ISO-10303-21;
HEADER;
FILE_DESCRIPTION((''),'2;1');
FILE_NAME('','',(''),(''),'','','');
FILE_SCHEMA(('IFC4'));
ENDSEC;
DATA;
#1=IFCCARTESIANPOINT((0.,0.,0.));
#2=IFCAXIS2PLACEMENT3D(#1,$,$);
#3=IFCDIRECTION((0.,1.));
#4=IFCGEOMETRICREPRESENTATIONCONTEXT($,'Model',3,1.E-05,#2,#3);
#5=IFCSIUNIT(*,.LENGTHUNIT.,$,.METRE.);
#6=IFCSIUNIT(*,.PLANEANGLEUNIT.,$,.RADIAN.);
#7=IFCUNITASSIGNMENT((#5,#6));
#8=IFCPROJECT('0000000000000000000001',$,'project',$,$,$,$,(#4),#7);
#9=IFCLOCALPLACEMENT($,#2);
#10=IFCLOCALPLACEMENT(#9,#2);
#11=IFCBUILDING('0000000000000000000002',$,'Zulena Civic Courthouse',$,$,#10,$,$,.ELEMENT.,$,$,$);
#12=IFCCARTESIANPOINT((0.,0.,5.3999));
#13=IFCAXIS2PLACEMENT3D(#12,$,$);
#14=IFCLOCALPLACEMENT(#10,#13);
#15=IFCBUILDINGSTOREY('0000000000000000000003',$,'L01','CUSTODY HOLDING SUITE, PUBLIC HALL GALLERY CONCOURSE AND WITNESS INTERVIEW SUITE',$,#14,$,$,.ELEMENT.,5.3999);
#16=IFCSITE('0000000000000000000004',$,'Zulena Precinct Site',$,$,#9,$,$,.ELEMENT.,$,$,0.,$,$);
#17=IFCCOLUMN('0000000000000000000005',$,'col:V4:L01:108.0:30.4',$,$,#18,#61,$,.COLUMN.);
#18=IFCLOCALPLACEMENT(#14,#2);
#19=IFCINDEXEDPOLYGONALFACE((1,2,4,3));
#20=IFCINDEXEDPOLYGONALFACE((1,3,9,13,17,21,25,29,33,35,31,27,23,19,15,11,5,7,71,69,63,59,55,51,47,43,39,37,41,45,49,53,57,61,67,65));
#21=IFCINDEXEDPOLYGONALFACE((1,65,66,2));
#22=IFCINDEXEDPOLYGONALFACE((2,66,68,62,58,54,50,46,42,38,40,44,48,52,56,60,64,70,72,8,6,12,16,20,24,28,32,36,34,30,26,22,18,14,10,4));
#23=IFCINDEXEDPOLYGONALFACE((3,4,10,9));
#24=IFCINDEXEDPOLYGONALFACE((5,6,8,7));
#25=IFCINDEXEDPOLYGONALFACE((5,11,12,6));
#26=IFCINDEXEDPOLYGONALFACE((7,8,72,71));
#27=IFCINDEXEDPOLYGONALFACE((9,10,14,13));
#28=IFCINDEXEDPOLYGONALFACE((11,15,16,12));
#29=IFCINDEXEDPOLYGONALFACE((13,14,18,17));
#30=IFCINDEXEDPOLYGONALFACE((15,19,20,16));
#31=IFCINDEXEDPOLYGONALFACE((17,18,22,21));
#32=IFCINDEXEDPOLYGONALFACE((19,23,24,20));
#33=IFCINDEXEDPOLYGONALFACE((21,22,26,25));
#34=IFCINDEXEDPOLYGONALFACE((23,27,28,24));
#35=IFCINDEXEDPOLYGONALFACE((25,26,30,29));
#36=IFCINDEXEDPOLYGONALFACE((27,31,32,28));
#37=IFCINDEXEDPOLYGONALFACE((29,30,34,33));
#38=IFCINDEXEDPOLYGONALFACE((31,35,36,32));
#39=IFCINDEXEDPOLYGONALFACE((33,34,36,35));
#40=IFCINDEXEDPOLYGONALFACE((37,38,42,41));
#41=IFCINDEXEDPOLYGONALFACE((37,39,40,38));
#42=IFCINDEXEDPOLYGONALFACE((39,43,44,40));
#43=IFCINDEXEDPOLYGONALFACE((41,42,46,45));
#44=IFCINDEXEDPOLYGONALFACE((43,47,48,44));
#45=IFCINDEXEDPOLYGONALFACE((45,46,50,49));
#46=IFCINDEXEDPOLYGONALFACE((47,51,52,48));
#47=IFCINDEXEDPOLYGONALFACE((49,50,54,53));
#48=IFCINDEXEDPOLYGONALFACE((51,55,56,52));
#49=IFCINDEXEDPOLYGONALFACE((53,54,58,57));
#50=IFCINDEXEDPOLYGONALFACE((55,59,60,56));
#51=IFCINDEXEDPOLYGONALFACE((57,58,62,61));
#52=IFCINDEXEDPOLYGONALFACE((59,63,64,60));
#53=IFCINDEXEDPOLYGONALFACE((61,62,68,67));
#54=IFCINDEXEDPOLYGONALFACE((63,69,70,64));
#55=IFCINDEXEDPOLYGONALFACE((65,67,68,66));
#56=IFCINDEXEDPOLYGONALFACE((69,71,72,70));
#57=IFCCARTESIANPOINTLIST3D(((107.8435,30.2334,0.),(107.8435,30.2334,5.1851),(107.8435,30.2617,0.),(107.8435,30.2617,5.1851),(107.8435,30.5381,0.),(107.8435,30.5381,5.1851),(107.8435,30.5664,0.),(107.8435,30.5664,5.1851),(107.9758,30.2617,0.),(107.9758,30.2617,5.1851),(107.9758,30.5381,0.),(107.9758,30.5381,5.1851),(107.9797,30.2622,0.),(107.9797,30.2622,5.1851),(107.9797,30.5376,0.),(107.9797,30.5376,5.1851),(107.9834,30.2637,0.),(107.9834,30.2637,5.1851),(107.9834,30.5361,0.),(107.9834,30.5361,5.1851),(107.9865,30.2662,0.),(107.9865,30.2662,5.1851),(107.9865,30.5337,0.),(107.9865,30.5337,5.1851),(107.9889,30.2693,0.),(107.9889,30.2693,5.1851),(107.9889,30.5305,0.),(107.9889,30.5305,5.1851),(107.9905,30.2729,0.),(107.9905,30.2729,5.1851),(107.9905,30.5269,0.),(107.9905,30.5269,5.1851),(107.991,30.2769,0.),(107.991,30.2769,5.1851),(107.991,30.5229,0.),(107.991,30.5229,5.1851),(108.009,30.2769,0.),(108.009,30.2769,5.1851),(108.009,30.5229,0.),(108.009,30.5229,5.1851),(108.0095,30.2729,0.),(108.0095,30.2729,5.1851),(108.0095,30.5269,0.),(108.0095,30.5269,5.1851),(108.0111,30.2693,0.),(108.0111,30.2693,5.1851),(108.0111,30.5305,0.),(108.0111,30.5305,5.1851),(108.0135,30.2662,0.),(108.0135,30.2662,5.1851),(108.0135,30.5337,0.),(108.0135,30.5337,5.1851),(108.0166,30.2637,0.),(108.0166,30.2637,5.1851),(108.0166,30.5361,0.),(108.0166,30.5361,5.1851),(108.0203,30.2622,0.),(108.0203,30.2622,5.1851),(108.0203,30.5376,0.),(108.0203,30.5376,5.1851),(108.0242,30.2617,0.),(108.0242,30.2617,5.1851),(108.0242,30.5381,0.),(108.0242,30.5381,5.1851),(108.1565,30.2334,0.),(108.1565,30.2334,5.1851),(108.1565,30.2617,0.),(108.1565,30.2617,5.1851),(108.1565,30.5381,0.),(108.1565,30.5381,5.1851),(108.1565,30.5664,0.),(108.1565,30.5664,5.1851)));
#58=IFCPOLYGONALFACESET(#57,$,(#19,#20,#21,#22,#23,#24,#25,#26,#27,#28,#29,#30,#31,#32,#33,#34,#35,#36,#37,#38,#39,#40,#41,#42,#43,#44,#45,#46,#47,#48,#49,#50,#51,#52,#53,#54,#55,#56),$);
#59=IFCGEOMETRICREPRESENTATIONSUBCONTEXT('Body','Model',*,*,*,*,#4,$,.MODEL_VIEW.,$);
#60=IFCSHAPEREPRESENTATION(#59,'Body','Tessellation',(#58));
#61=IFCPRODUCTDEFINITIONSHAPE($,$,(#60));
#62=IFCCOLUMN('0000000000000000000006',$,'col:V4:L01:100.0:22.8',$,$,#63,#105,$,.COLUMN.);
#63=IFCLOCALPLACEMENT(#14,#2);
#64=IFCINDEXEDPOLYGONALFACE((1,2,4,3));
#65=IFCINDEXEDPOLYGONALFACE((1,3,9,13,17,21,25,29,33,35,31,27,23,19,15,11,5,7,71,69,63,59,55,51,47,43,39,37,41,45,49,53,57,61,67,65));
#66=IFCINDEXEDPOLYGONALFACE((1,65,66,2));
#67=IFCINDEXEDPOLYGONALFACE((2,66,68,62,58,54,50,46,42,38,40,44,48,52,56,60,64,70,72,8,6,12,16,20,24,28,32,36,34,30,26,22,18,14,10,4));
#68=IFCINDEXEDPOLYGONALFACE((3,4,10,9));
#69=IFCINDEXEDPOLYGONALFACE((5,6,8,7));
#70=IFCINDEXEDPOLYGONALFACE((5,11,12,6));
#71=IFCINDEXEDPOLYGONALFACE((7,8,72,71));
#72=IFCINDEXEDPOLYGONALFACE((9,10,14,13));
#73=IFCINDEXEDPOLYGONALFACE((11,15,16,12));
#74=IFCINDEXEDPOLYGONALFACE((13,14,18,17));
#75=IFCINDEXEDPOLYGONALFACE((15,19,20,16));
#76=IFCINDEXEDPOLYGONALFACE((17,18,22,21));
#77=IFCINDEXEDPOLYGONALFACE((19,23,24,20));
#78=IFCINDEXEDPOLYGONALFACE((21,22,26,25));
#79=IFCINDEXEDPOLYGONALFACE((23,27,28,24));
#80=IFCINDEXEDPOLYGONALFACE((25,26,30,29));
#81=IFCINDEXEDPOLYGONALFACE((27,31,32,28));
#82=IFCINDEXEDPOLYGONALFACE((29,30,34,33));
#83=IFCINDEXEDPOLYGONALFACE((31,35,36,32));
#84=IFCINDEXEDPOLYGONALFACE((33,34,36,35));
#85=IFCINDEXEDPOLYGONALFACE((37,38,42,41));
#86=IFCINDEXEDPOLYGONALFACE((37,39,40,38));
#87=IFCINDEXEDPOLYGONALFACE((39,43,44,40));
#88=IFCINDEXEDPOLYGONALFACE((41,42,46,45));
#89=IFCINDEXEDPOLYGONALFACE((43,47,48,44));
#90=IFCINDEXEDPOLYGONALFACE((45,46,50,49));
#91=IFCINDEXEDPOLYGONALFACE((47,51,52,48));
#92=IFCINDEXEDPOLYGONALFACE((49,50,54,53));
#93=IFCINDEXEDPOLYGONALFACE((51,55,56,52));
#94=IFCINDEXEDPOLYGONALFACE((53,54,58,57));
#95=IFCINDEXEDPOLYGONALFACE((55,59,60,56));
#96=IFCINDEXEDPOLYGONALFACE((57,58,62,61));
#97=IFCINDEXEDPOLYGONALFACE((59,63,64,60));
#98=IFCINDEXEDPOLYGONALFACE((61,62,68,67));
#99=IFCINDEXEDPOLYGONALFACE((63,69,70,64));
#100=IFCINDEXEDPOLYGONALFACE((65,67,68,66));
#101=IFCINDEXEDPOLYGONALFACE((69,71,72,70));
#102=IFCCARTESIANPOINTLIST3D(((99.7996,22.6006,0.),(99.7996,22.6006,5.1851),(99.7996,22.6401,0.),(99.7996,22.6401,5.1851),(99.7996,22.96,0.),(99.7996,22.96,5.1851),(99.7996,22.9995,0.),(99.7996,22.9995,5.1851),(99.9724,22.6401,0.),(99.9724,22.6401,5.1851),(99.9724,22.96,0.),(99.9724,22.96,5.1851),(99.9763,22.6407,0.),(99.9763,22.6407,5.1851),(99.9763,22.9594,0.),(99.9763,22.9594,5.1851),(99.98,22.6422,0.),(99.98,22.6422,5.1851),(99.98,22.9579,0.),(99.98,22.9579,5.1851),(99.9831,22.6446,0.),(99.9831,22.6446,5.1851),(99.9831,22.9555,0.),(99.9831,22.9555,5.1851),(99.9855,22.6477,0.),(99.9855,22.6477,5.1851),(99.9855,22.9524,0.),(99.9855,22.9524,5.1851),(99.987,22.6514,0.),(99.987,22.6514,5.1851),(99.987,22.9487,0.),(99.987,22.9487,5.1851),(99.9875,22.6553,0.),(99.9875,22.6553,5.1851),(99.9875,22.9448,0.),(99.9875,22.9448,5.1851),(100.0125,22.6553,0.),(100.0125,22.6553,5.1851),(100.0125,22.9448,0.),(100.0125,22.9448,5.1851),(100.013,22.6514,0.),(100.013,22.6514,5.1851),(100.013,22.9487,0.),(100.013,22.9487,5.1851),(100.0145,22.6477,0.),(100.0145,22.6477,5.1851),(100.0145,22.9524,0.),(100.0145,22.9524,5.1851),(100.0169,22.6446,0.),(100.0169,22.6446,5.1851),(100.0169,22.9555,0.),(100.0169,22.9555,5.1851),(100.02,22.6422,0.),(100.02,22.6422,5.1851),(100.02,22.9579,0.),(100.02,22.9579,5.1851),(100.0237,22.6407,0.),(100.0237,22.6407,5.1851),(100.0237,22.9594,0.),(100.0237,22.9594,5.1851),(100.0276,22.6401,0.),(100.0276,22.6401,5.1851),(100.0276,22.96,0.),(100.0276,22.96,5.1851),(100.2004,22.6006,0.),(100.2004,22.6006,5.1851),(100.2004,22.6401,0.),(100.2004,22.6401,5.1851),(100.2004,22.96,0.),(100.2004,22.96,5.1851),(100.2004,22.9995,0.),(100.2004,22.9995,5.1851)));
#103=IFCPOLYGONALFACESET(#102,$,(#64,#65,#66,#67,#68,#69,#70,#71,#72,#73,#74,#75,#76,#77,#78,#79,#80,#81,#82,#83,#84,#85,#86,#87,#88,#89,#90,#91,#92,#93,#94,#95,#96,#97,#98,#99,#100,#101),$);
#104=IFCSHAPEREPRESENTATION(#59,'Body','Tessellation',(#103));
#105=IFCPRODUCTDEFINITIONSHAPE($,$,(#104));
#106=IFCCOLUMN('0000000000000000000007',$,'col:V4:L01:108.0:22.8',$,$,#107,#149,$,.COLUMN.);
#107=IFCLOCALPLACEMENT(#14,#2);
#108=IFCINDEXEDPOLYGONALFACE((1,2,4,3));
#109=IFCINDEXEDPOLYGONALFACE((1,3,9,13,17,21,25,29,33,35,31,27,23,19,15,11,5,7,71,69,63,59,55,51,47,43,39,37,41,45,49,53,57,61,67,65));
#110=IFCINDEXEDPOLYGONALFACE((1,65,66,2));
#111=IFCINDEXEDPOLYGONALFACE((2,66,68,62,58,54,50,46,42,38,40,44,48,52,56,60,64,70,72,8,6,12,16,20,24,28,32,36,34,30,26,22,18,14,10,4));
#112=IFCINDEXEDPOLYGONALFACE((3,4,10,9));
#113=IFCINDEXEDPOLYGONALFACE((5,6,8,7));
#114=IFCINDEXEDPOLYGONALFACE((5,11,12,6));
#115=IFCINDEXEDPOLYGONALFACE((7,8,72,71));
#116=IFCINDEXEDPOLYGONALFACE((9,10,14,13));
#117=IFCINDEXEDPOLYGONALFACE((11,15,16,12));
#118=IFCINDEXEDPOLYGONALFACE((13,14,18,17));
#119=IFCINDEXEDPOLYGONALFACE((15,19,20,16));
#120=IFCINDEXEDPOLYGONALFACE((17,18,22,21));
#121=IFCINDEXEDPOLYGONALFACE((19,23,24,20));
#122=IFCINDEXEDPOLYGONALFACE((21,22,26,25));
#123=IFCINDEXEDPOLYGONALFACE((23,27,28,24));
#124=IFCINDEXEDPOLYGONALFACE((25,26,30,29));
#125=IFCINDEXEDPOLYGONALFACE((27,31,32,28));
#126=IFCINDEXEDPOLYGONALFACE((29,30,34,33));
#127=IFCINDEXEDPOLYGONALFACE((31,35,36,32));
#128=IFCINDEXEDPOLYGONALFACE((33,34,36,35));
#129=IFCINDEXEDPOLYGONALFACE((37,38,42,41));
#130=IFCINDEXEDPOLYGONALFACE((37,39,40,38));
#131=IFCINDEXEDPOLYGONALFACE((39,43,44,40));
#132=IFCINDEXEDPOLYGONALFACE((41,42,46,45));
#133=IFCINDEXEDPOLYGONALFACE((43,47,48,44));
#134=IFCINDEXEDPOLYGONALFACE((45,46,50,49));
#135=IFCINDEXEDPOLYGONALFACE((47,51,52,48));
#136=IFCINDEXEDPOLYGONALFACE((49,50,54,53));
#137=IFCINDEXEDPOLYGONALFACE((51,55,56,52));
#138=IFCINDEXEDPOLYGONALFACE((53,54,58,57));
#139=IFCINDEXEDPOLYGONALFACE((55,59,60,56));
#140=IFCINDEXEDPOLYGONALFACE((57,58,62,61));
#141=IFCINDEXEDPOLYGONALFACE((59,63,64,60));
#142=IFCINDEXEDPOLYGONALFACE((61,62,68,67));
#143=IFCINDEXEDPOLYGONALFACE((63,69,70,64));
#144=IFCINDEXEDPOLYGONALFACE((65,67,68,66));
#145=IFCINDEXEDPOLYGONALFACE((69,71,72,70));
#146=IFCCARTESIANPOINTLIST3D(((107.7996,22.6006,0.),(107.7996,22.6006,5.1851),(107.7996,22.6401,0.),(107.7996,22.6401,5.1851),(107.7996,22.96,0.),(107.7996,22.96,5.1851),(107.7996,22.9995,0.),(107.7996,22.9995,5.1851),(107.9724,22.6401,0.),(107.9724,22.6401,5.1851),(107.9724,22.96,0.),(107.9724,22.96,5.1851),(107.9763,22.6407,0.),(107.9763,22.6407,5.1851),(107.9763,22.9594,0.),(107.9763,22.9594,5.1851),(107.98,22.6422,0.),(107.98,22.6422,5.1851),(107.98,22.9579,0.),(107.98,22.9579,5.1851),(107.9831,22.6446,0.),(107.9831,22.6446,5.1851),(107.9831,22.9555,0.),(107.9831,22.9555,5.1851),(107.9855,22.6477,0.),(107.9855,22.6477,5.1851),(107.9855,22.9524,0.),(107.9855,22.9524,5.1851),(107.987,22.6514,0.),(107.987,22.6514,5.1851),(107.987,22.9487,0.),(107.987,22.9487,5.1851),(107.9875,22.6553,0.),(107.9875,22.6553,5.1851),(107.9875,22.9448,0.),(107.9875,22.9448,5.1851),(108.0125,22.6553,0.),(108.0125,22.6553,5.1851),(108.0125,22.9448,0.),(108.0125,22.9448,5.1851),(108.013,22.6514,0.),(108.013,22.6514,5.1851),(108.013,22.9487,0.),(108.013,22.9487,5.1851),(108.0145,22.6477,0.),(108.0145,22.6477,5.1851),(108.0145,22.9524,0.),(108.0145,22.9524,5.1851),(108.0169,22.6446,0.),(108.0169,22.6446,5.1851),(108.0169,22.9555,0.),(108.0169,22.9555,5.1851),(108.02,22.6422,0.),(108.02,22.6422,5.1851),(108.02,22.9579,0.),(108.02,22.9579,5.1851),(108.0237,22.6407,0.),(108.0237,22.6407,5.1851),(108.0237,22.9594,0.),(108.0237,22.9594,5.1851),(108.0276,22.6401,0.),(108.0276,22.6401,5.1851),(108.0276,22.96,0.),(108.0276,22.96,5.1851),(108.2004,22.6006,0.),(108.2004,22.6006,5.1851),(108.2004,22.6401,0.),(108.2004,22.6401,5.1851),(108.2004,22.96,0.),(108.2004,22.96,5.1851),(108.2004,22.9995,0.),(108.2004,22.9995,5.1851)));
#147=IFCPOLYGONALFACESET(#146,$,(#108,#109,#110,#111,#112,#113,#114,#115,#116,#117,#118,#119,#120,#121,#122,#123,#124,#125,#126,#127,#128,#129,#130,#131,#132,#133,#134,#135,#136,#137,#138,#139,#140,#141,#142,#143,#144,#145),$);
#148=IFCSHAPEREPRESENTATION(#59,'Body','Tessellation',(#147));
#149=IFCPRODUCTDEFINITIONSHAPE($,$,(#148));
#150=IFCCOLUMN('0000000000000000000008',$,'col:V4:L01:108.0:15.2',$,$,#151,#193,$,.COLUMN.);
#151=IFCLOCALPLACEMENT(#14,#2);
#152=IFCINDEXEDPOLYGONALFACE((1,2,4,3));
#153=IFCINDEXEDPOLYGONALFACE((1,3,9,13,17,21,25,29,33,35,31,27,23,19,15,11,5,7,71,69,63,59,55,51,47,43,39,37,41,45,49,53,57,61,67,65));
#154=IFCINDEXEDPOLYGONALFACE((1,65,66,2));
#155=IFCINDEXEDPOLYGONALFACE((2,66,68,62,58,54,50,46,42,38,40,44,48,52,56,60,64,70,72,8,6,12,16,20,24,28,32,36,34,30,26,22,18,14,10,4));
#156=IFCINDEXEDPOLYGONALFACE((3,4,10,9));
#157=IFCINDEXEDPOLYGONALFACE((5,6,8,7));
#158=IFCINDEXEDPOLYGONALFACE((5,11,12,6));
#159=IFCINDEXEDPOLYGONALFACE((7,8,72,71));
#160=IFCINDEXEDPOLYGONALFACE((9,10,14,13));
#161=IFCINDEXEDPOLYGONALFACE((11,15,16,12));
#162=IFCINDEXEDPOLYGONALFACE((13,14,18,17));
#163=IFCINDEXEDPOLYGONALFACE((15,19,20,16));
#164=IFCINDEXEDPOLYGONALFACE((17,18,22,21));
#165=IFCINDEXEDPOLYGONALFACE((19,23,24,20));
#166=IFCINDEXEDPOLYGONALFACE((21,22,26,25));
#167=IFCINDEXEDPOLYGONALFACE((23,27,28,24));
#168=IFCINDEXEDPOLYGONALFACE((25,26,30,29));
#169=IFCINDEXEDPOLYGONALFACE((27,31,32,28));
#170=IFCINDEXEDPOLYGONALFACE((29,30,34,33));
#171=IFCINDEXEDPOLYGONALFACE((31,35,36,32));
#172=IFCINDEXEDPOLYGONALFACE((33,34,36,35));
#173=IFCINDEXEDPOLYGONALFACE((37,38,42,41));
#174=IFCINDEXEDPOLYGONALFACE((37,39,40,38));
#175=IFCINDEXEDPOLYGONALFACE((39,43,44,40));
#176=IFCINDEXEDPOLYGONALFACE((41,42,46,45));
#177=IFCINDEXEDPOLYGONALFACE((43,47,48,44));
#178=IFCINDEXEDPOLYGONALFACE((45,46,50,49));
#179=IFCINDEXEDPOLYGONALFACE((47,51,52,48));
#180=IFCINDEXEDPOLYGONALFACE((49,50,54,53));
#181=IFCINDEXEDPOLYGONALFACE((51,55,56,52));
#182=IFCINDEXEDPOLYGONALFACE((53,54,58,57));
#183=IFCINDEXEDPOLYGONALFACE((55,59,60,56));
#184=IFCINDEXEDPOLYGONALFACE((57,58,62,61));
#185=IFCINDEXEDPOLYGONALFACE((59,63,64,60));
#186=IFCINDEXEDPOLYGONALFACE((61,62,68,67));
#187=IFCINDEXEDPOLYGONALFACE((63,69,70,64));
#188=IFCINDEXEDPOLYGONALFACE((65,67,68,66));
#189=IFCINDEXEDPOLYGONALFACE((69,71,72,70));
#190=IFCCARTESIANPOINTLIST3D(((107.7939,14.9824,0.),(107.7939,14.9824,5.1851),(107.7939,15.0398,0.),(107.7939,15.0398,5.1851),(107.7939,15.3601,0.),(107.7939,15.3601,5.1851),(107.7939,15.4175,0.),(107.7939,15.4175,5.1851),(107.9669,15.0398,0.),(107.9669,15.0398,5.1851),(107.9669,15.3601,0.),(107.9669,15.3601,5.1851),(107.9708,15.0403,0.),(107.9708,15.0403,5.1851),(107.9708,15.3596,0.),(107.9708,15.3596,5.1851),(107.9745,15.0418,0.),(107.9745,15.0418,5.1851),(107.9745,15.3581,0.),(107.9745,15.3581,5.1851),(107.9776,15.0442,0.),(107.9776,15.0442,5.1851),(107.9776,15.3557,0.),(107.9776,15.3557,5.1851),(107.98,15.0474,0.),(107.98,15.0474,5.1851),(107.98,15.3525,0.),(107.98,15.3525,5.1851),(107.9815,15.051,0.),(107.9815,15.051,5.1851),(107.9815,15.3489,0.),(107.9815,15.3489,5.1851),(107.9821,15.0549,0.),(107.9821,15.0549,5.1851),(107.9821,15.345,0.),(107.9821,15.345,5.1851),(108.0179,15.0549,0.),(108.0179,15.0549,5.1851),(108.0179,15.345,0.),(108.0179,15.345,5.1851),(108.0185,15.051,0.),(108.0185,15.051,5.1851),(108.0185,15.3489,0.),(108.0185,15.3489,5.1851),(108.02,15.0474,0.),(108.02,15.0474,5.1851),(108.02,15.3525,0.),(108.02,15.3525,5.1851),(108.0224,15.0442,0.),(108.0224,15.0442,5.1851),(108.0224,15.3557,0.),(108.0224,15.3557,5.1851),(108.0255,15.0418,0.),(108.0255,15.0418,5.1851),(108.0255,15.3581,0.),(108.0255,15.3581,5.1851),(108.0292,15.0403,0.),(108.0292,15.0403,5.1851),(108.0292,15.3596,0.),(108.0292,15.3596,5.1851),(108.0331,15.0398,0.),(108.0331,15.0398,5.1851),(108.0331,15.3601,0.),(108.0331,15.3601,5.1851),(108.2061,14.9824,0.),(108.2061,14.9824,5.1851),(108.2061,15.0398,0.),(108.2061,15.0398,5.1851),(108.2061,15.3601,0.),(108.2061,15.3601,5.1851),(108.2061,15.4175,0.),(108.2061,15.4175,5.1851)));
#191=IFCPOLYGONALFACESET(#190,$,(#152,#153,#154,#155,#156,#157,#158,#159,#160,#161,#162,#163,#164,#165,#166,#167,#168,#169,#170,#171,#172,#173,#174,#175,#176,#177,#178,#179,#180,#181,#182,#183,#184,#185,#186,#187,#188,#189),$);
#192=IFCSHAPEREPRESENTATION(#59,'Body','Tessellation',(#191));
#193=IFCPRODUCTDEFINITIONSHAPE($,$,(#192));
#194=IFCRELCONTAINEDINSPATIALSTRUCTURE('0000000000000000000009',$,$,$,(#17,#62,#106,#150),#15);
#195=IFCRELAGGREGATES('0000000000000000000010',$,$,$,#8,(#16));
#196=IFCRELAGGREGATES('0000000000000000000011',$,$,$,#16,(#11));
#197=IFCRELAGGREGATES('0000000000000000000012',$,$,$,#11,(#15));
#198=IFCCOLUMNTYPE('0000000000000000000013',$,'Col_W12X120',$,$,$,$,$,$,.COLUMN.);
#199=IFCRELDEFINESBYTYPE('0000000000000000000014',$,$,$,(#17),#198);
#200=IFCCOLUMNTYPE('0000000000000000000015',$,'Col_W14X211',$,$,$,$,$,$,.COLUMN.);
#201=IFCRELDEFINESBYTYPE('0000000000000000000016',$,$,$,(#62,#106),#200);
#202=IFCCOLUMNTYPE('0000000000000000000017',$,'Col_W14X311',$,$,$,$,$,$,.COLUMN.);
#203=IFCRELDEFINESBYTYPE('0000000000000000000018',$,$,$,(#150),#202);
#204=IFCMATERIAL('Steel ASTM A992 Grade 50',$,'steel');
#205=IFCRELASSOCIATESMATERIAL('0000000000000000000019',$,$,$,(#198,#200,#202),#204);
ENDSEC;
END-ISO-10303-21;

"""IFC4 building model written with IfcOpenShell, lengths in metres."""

from ifc_helpers import new_model, si_unit, direction, frame, origin, origin_2d, place, context, subcontext, project, spatial, i_section, extrude, material, material_profile, profile_set, type_object, element, save


model = new_model("IFC4")

# Units and contexts
model_context = context("Model", 3, precision=1e-05, world=origin(), true_north=direction((0.0, 1.0)))
body_context = subcontext(model_context, "Body", "Model", "MODEL_VIEW")
ifc_project = project(units=[si_unit("LENGTHUNIT", "METRE"), si_unit("PLANEANGLEUNIT", "RADIAN")], contexts=[model_context])

# Site, building, storey
site_placement = place(None, origin())
site = spatial("IfcSite", under=ifc_project, at=site_placement, Name="Zulena Precinct Site", CompositionType="ELEMENT", RefElevation=0.0)
building_placement = place(site_placement, origin())
building = spatial("IfcBuilding", under=site, at=building_placement, Name="Zulena Civic Courthouse", CompositionType="ELEMENT")
storey_placement = place(building_placement, frame((0.0, 0.0, 5.3999)))
storey = spatial("IfcBuildingStorey", under=building, at=storey_placement, Name="L01", Description="CUSTODY HOLDING SUITE, PUBLIC HALL GALLERY CONCOURSE AND WITNESS INTERVIEW SUITE", CompositionType="ELEMENT", Elevation=5.3999)

# Columns
ifc_material_1 = material(Name="Steel ASTM A992 Grade 50", Category="steel")
ifc_material_profile_1 = material_profile(ifc_material_1, i_section(OverallWidth=0.313, OverallDepth=0.333, WebThickness=0.0181, FlangeThickness=0.0283, FilletRadius=0.0151, at=origin_2d()), Name="W12X120")
ifc_profile_set_1 = profile_set([ifc_material_profile_1], Name="Steel ASTM A992 Grade 50")
column_type_1 = type_object("IfcColumnType", Name="Col_W12X120", PredefinedType="COLUMN", material=ifc_profile_set_1)
column_1_placement = place(storey_placement, frame((108.0, 30.3999, 0.0), z_axis=(0.0, 0.0, 1.0), x_axis=(1.0, 0.0, 0.0)))
element("IfcColumn", 1, at=column_1_placement, inside=storey, type_object=column_type_1, Name="col:V4:L01:108.0:30.4", PredefinedType="COLUMN", context=body_context, shape_type="SweptSolid", body=[
    extrude(i_section(OverallWidth=0.313, OverallDepth=0.333, WebThickness=0.0181, FlangeThickness=0.0283, FilletRadius=0.0151, at=origin_2d()), origin(), (0.0, 0.0, 1.0), 5.1851),
])
ifc_material_profile_2 = material_profile(ifc_material_1, i_section(OverallWidth=0.4009, OverallDepth=0.3989, WebThickness=0.0249, FlangeThickness=0.0396, FilletRadius=0.0151, at=origin_2d()), Name="W14X211")
ifc_profile_set_2 = profile_set([ifc_material_profile_2], Name="Steel ASTM A992 Grade 50")
column_type_2 = type_object("IfcColumnType", Name="Col_W14X211", PredefinedType="COLUMN", material=ifc_profile_set_2)
for number, where, z_axis, x_axis, name in (
    (2, (100.0, 22.8, 0.0), (0.0, 0.0, 1.0), (1.0, 0.0, 0.0), "col:V4:L01:100.0:22.8"),
    (3, (108.0, 22.8, 0.0), (0.0, 0.0, 1.0), (1.0, 0.0, 0.0), "col:V4:L01:108.0:22.8"),
):
    element("IfcColumn", number, at=place(storey_placement, frame(where, z_axis=z_axis, x_axis=x_axis)), inside=storey, type_object=column_type_2, Name=name, PredefinedType="COLUMN", context=body_context, shape_type="SweptSolid", body=[
        extrude(i_section(OverallWidth=0.4009, OverallDepth=0.3989, WebThickness=0.0249, FlangeThickness=0.0396, FilletRadius=0.0151, at=origin_2d()), origin(), (0.0, 0.0, 1.0), 5.1851),
    ])
ifc_material_profile_3 = material_profile(ifc_material_1, i_section(OverallWidth=0.4121, OverallDepth=0.4351, WebThickness=0.0359, FlangeThickness=0.0574, FilletRadius=0.0151, at=origin_2d()), Name="W14X311")
ifc_profile_set_3 = profile_set([ifc_material_profile_3], Name="Steel ASTM A992 Grade 50")
column_type_3 = type_object("IfcColumnType", Name="Col_W14X311", PredefinedType="COLUMN", material=ifc_profile_set_3)
column_2_placement = place(storey_placement, frame((108.0, 15.2, 0.0), z_axis=(0.0, 0.0, 1.0), x_axis=(1.0, 0.0, 0.0)))
element("IfcColumn", 4, at=column_2_placement, inside=storey, type_object=column_type_3, Name="col:V4:L01:108.0:15.2", PredefinedType="COLUMN", context=body_context, shape_type="SweptSolid", body=[
    extrude(i_section(OverallWidth=0.4121, OverallDepth=0.4351, WebThickness=0.0359, FlangeThickness=0.0574, FilletRadius=0.0151, at=origin_2d()), origin(), (0.0, 0.0, 1.0), 5.1851),
])

save(model, "model.ifc")
